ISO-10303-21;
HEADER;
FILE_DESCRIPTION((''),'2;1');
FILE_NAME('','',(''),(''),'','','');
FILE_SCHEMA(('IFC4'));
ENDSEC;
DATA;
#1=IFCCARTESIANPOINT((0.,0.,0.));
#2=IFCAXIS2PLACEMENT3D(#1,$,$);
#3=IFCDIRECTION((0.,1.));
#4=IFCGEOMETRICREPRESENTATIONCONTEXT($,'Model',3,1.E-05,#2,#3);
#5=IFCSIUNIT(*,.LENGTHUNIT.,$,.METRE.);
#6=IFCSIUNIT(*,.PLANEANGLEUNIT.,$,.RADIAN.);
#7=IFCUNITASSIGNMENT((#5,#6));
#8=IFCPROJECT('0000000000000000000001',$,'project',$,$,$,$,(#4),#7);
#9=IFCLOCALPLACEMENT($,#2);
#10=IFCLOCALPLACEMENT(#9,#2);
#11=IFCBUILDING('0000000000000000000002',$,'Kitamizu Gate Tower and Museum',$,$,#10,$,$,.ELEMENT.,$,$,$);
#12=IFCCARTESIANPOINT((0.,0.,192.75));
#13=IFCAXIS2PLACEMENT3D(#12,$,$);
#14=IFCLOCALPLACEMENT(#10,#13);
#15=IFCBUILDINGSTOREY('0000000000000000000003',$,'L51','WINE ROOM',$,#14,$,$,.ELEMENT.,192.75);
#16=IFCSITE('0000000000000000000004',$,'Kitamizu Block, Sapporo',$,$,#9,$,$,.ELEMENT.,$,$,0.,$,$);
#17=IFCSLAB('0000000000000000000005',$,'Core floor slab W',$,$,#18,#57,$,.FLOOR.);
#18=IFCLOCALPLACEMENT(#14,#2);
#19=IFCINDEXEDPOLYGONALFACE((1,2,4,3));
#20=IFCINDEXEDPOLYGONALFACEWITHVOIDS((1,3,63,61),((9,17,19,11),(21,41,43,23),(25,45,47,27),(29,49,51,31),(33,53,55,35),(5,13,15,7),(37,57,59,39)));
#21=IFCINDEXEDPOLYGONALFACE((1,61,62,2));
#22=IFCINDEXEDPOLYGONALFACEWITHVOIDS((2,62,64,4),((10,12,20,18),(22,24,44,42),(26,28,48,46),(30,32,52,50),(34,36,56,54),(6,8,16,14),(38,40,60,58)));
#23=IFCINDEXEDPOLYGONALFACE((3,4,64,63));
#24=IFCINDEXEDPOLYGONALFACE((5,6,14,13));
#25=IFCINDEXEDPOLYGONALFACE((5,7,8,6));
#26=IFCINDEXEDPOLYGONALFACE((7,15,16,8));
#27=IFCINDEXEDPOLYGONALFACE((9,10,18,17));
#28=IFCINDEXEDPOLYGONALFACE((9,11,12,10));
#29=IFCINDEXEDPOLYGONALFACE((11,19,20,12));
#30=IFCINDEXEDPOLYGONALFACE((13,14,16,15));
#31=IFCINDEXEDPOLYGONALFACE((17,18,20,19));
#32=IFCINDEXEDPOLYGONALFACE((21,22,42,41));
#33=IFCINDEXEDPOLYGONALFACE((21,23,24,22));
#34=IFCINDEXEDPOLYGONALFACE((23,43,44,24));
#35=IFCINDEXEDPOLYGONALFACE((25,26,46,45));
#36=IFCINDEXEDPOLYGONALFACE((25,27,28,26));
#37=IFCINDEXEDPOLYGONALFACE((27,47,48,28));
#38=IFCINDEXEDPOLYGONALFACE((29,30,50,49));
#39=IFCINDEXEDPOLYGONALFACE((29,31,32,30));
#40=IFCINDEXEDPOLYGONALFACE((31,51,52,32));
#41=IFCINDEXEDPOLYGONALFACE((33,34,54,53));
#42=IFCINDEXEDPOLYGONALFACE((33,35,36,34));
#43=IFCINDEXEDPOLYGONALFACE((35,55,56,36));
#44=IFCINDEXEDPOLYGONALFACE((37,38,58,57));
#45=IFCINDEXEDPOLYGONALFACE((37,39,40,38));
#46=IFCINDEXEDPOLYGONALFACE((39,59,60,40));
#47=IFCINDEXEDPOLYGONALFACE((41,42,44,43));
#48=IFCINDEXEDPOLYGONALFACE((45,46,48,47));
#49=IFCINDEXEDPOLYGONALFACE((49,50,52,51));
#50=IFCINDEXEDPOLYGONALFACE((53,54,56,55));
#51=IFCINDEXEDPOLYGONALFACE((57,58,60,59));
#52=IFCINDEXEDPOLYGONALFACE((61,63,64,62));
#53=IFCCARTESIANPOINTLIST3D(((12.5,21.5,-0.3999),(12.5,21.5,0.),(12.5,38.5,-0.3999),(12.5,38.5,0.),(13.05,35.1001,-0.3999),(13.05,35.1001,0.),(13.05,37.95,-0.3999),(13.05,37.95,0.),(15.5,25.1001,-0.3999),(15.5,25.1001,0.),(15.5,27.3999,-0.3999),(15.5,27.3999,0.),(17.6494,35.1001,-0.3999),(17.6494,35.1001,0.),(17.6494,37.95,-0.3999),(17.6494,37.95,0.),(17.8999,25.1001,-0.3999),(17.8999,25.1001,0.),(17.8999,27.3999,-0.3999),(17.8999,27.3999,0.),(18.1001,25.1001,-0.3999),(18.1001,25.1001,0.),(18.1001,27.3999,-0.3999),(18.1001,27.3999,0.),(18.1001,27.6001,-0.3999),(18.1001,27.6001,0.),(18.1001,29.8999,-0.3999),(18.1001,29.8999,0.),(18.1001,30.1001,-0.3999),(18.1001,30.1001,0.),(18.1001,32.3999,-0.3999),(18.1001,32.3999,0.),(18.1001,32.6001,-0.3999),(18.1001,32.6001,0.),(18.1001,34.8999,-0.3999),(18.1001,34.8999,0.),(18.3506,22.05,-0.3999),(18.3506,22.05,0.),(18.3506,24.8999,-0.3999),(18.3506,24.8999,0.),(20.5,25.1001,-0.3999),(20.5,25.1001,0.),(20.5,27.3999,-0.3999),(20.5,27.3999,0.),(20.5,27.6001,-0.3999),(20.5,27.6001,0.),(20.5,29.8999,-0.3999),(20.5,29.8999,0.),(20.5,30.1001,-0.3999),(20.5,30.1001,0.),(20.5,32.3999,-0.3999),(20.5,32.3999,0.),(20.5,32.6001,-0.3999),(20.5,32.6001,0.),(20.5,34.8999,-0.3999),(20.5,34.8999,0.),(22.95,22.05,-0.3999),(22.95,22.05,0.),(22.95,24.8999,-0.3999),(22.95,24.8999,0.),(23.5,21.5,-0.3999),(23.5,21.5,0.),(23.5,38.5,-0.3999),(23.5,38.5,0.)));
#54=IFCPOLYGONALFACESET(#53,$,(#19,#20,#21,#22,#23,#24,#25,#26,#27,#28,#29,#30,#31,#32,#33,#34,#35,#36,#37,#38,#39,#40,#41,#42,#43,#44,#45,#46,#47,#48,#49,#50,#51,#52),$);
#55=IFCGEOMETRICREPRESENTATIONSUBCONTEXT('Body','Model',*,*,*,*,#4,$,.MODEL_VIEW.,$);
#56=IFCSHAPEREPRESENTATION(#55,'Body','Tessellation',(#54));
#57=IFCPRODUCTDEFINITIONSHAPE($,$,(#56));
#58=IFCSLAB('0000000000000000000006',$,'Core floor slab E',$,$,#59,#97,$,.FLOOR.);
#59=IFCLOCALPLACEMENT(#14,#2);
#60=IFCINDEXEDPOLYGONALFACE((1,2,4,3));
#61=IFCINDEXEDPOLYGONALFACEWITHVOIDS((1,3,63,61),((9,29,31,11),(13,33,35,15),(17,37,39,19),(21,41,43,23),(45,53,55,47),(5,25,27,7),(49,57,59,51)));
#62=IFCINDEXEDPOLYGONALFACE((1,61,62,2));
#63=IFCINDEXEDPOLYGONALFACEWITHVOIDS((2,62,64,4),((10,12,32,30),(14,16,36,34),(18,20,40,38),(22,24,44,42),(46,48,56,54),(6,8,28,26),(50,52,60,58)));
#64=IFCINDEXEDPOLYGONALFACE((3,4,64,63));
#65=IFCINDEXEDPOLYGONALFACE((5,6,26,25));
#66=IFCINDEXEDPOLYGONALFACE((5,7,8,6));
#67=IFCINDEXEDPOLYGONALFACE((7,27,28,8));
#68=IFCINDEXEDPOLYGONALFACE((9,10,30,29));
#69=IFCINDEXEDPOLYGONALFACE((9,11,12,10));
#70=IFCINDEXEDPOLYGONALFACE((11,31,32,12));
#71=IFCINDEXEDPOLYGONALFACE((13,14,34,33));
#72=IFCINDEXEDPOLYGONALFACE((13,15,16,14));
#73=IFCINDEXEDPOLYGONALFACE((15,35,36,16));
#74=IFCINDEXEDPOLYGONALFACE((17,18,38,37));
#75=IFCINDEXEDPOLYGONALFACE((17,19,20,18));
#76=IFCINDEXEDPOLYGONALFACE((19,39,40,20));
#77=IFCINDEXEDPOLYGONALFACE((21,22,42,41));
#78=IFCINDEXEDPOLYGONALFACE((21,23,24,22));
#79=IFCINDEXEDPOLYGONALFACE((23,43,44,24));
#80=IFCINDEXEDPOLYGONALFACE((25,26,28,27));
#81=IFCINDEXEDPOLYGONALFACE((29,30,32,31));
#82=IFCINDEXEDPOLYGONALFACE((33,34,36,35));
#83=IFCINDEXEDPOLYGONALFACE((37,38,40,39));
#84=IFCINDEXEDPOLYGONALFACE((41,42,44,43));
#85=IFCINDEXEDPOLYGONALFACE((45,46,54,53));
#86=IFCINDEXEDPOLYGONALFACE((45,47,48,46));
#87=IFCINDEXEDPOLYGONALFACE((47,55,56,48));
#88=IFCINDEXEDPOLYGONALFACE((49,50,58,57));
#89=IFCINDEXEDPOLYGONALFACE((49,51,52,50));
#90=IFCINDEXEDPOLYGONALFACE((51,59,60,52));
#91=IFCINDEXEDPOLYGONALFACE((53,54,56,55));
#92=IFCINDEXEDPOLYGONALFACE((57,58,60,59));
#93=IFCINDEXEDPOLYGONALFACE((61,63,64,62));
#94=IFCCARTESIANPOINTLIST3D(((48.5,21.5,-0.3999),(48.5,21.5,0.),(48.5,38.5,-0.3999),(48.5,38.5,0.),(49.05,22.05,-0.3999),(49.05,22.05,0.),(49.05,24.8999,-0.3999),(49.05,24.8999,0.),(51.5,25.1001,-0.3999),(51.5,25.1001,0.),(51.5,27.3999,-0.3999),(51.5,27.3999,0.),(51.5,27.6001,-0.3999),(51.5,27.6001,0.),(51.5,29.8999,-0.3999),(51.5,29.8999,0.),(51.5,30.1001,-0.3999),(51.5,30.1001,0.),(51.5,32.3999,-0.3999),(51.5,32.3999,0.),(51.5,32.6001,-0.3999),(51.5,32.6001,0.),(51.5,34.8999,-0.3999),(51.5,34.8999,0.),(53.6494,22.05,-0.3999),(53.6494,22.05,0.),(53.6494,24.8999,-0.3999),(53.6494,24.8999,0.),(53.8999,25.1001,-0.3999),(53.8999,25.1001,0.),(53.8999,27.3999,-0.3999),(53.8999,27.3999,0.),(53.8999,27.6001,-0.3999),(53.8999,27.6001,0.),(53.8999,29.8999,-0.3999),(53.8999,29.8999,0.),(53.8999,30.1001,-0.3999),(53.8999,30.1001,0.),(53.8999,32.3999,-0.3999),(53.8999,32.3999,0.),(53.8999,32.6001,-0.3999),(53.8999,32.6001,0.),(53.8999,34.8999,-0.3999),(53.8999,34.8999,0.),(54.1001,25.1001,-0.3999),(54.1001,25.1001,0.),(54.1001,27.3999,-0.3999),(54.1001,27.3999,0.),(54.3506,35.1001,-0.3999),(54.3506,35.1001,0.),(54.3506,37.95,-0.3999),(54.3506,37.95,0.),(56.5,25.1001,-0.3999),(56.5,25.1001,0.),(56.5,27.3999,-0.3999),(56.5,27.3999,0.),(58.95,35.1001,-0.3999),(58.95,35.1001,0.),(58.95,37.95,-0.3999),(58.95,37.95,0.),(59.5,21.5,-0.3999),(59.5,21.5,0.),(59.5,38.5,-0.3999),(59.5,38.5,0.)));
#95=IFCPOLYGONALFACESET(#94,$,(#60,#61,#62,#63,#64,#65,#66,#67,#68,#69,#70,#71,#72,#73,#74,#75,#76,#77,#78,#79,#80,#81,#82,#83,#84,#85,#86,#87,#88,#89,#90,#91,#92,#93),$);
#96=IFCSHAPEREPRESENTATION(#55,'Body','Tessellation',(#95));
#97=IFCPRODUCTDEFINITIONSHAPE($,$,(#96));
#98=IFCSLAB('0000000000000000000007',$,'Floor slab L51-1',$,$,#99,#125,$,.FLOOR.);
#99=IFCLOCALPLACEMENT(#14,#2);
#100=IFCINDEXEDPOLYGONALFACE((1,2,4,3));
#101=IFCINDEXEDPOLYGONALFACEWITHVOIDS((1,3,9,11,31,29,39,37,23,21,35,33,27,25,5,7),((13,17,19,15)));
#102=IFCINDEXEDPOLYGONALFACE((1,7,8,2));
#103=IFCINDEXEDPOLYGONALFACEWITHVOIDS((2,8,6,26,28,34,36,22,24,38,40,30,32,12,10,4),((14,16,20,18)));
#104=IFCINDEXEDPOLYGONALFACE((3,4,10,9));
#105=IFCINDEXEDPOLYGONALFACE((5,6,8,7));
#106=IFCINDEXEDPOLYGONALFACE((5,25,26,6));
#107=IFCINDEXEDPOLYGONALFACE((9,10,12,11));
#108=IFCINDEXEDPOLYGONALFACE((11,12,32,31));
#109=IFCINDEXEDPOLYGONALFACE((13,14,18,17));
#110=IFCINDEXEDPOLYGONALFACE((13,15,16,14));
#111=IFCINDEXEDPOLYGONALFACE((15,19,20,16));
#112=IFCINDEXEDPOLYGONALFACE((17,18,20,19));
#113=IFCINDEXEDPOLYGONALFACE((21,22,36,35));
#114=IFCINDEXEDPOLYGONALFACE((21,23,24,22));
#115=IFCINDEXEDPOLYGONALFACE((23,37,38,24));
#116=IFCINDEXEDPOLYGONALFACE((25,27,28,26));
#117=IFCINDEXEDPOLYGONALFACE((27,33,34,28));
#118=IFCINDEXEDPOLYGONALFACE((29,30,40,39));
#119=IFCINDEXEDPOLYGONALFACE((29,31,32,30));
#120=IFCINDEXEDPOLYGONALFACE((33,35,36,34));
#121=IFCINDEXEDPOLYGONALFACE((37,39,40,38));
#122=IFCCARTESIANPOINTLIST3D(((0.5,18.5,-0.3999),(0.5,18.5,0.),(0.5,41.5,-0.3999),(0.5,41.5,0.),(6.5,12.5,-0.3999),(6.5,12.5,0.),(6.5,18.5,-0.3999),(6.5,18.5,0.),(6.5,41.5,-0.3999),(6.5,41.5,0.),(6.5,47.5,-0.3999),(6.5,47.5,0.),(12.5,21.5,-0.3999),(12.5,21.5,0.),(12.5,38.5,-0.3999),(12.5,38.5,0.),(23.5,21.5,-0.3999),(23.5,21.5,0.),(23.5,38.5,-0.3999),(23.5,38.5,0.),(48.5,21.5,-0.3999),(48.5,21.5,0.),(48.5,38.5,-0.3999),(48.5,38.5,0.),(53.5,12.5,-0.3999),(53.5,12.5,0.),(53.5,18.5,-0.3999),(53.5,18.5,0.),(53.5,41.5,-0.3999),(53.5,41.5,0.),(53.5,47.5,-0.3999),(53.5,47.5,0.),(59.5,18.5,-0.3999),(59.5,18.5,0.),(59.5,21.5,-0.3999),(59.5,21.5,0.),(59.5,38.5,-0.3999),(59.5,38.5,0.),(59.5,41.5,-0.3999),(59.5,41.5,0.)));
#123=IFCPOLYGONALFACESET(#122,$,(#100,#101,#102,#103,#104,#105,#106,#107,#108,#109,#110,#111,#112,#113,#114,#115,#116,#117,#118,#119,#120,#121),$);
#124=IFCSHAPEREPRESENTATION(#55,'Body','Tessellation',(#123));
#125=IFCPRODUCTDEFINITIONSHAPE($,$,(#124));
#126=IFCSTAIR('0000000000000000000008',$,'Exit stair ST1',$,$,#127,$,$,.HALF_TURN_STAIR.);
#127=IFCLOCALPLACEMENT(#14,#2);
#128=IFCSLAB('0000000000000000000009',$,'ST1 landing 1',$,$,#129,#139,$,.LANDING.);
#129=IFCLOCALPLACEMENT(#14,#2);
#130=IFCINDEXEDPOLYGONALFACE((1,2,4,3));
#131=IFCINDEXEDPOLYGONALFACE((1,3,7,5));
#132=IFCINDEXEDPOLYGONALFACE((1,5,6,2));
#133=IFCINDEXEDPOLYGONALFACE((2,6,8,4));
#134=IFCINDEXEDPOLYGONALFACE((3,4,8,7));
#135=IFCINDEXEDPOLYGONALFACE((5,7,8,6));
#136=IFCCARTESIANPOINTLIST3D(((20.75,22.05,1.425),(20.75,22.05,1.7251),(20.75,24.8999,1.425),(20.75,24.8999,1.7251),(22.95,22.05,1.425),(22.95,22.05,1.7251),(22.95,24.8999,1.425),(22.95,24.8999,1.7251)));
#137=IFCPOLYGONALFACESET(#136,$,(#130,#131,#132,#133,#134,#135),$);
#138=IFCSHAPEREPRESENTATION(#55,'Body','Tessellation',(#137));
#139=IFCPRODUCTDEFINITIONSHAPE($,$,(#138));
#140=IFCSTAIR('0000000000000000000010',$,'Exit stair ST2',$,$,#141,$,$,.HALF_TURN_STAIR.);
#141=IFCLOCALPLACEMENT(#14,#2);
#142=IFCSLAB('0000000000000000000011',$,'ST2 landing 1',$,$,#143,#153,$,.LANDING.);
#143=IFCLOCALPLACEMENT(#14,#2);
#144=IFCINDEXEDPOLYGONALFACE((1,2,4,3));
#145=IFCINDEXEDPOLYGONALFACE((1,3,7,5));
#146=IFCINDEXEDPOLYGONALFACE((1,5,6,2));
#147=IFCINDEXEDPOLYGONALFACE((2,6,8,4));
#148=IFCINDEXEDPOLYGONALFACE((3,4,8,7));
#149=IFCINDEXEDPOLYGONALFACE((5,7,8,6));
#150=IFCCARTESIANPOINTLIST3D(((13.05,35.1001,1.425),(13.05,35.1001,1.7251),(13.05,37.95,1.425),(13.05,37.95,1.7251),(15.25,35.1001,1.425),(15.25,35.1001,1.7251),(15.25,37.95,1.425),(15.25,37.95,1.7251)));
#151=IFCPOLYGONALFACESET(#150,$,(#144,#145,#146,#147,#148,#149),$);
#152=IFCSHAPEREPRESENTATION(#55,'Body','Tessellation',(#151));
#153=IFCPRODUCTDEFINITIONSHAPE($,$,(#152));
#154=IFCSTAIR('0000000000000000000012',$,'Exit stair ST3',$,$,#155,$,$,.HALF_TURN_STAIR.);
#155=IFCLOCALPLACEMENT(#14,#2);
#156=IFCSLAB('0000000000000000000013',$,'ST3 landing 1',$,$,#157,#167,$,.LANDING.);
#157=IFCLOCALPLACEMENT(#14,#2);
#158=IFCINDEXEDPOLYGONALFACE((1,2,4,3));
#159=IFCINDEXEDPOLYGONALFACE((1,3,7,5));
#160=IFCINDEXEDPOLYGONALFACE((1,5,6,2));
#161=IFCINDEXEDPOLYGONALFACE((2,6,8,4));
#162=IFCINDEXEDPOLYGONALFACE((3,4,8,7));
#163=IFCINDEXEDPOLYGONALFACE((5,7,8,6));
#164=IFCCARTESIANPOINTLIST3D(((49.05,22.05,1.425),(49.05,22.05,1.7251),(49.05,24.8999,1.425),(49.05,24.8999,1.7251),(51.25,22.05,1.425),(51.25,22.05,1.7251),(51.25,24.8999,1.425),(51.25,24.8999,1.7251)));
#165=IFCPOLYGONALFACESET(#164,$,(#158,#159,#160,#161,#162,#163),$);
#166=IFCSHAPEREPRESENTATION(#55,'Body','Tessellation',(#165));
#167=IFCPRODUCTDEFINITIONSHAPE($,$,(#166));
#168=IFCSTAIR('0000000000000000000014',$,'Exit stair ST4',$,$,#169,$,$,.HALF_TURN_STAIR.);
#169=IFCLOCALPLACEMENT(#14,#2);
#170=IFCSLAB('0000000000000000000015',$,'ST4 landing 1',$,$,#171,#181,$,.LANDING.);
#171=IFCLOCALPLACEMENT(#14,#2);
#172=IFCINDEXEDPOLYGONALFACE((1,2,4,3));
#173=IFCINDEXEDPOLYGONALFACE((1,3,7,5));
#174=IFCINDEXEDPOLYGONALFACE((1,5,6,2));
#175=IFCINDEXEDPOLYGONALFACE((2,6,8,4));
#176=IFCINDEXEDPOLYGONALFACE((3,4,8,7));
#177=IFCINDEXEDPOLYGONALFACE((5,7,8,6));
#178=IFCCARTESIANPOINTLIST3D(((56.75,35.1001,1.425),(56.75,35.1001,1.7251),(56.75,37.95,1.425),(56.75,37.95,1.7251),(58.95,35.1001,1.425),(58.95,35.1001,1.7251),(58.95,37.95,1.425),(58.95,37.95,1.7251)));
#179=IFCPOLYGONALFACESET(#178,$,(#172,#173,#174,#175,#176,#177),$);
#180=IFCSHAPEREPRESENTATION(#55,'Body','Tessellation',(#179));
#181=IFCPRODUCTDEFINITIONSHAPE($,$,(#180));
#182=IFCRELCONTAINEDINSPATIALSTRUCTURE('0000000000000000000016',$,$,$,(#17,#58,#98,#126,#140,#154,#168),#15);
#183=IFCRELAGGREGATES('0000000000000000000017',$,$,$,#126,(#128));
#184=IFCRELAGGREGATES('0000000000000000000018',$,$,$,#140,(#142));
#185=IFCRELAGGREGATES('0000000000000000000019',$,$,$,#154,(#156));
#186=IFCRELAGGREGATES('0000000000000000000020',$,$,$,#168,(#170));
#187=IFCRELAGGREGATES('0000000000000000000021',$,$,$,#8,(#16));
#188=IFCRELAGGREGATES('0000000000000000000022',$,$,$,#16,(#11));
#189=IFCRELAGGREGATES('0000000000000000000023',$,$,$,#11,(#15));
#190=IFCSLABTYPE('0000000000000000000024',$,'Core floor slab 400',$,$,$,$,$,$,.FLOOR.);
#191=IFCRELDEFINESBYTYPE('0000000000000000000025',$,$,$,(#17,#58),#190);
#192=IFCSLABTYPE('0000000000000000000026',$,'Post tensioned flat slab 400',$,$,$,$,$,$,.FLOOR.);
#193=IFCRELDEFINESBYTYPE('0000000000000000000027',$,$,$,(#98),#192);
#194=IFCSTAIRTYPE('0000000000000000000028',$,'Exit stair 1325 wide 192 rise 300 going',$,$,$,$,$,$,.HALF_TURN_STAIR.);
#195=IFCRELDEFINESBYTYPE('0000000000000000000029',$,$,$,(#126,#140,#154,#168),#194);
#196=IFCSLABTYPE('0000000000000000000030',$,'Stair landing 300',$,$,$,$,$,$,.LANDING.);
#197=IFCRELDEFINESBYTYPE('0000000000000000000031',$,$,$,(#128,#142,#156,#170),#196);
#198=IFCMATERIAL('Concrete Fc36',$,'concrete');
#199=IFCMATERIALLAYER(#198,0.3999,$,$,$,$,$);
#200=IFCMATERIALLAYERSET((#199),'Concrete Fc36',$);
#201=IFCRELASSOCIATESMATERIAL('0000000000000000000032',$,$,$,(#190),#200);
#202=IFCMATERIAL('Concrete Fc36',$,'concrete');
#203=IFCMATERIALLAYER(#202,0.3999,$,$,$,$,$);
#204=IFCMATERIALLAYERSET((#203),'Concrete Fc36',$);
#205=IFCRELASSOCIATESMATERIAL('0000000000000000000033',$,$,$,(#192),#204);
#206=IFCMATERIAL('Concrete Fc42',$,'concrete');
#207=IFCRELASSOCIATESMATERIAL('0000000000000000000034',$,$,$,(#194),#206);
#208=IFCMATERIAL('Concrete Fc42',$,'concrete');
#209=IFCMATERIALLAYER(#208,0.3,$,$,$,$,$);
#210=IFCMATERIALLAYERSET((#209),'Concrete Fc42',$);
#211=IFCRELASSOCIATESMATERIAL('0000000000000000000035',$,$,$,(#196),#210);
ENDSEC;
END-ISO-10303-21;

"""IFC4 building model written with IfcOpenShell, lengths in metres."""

from ifc_helpers import new_model, si_unit, direction, frame, origin, place, context, subcontext, project, spatial, polyline, outline, extrude, material, layer, layer_set, type_object, element, aggregate, save


model = new_model("IFC4")

# Units and contexts
model_context = context("Model", 3, precision=1e-05, world=origin(), true_north=direction((0.0, 1.0)))
body_context = subcontext(model_context, "Body", "Model", "MODEL_VIEW")
ifc_project = project(units=[si_unit("LENGTHUNIT", "METRE"), si_unit("PLANEANGLEUNIT", "RADIAN")], contexts=[model_context])

# Site, building, storey
site_placement = place(None, origin())
site = spatial("IfcSite", under=ifc_project, at=site_placement, Name="Kitamizu Block, Sapporo", CompositionType="ELEMENT", RefElevation=0.0)
building_placement = place(site_placement, origin())
building = spatial("IfcBuilding", under=site, at=building_placement, Name="Kitamizu Gate Tower and Museum", CompositionType="ELEMENT")
storey_placement = place(building_placement, frame((0.0, 0.0, 192.75)))
storey = spatial("IfcBuildingStorey", under=building, at=storey_placement, Name="L51", Description="WINE ROOM", CompositionType="ELEMENT", Elevation=192.75)

# Slabs
ifc_material_1 = material(Name="Concrete Fc36", Category="concrete")
ifc_layer_1 = layer(ifc_material_1, 0.3999)
ifc_layer_set_1 = layer_set([ifc_layer_1], Name="Concrete Fc36")
slab_type_1 = type_object("IfcSlabType", Name="Core floor slab 400", PredefinedType="FLOOR", material=ifc_layer_set_1)
slab_1_placement = place(storey_placement, frame((0.0, 0.0, -0.3999)))
element("IfcSlab", 1, at=slab_1_placement, inside=storey, type_object=slab_type_1, Name="Core floor slab W", PredefinedType="FLOOR", context=body_context, shape_type="SweptSolid", body=[
    extrude(outline(polyline([(12.5, 21.5), (23.5, 21.5), (23.5, 38.5), (12.5, 38.5), (12.5, 21.5)]), holes=[polyline([(15.5, 25.1001), (17.8999, 25.1001), (17.8999, 27.3999), (15.5, 27.3999), (15.5, 25.1001)]), polyline([(18.1001, 25.1001), (20.5, 25.1001), (20.5, 27.3999), (18.1001, 27.3999), (18.1001, 25.1001)]), polyline([(18.1001, 27.6001), (20.5, 27.6001), (20.5, 29.8999), (18.1001, 29.8999), (18.1001, 27.6001)]), polyline([(18.1001, 30.1001), (20.5, 30.1001), (20.5, 32.3999), (18.1001, 32.3999), (18.1001, 30.1001)]), polyline([(18.1001, 32.6001), (20.5, 32.6001), (20.5, 34.8999), (18.1001, 34.8999), (18.1001, 32.6001)]), polyline([(18.3506, 22.05), (22.95, 22.05), (22.95, 24.8999), (18.3506, 24.8999), (18.3506, 22.05)]), polyline([(13.05, 35.1001), (17.6494, 35.1001), (17.6494, 37.95), (13.05, 37.95), (13.05, 35.1001)])]), origin(), (0.0, 0.0, 1.0), 0.3999),
])
slab_2_placement = place(storey_placement, frame((0.0, 0.0, -0.3999)))
element("IfcSlab", 2, at=slab_2_placement, inside=storey, type_object=slab_type_1, Name="Core floor slab E", PredefinedType="FLOOR", context=body_context, shape_type="SweptSolid", body=[
    extrude(outline(polyline([(48.5, 21.5), (59.5, 21.5), (59.5, 38.5), (48.5, 38.5), (48.5, 21.5)]), holes=[polyline([(54.1001, 25.1001), (56.5, 25.1001), (56.5, 27.3999), (54.1001, 27.3999), (54.1001, 25.1001)]), polyline([(51.5, 25.1001), (53.8999, 25.1001), (53.8999, 27.3999), (51.5, 27.3999), (51.5, 25.1001)]), polyline([(51.5, 27.6001), (53.8999, 27.6001), (53.8999, 29.8999), (51.5, 29.8999), (51.5, 27.6001)]), polyline([(51.5, 30.1001), (53.8999, 30.1001), (53.8999, 32.3999), (51.5, 32.3999), (51.5, 30.1001)]), polyline([(51.5, 32.6001), (53.8999, 32.6001), (53.8999, 34.8999), (51.5, 34.8999), (51.5, 32.6001)]), polyline([(49.05, 22.05), (53.6494, 22.05), (53.6494, 24.8999), (49.05, 24.8999), (49.05, 22.05)]), polyline([(54.3506, 35.1001), (58.95, 35.1001), (58.95, 37.95), (54.3506, 37.95), (54.3506, 35.1001)])]), origin(), (0.0, 0.0, 1.0), 0.3999),
])
ifc_material_2 = material(Name="Concrete Fc36", Category="concrete")
ifc_layer_2 = layer(ifc_material_2, 0.3999)
ifc_layer_set_2 = layer_set([ifc_layer_2], Name="Concrete Fc36")
slab_type_2 = type_object("IfcSlabType", Name="Post tensioned flat slab 400", PredefinedType="FLOOR", material=ifc_layer_set_2)
slab_3_placement = place(storey_placement, frame((0.0, 0.0, -0.3999)))
element("IfcSlab", 3, at=slab_3_placement, inside=storey, type_object=slab_type_2, Name="Floor slab L51-1", PredefinedType="FLOOR", context=body_context, shape_type="SweptSolid", body=[
    extrude(outline(polyline([(0.5, 18.5), (0.5, 41.5), (6.5, 41.5), (6.5, 47.5), (53.5, 47.5), (53.5, 41.5), (59.5, 41.5), (59.5, 38.5), (48.5, 38.5), (48.5, 21.5), (59.5, 21.5), (59.5, 18.5), (53.5, 18.5), (53.5, 12.5), (6.5, 12.5), (6.5, 18.5), (0.5, 18.5)]), holes=[polyline([(12.5, 38.5), (12.5, 21.5), (23.5, 21.5), (23.5, 38.5), (12.5, 38.5)])]), origin(), (0.0, 0.0, 1.0), 0.3999),
])

# Stairs, slabs
ifc_material_3 = material(Name="Concrete Fc42", Category="concrete")
stair_type = type_object("IfcStairType", Name="Exit stair 1325 wide 192 rise 300 going", PredefinedType="HALF_TURN_STAIR", material=ifc_material_3)
stair_1_placement = place(storey_placement, origin())
stair_1 = element("IfcStair", 4, at=stair_1_placement, inside=storey, type_object=stair_type, Name="Exit stair ST1", PredefinedType="HALF_TURN_STAIR")
ifc_material_4 = material(Name="Concrete Fc42", Category="concrete")
ifc_layer_3 = layer(ifc_material_4, 0.3)
ifc_layer_set_3 = layer_set([ifc_layer_3], Name="Concrete Fc42")
slab_type_3 = type_object("IfcSlabType", Name="Stair landing 300", PredefinedType="LANDING", material=ifc_layer_set_3)
slab_4_placement = place(storey_placement, frame((0.0, 0.0, 1.425)))
slab_4 = element("IfcSlab", 5, at=slab_4_placement, type_object=slab_type_3, Name="ST1 landing 1", PredefinedType="LANDING", context=body_context, shape_type="SweptSolid", body=[
    extrude(outline(polyline([(20.75, 22.05), (22.95, 22.05), (22.95, 24.8999), (20.75, 24.8999), (20.75, 22.05)])), origin(), (0.0, 0.0, 1.0), 0.3),
])
aggregate(stair_1, [slab_4])
stair_2_placement = place(storey_placement, origin())
stair_2 = element("IfcStair", 6, at=stair_2_placement, inside=storey, type_object=stair_type, Name="Exit stair ST2", PredefinedType="HALF_TURN_STAIR")
slab_5_placement = place(storey_placement, frame((0.0, 0.0, 1.425)))
slab_5 = element("IfcSlab", 7, at=slab_5_placement, type_object=slab_type_3, Name="ST2 landing 1", PredefinedType="LANDING", context=body_context, shape_type="SweptSolid", body=[
    extrude(outline(polyline([(13.05, 35.1001), (15.25, 35.1001), (15.25, 37.95), (13.05, 37.95), (13.05, 35.1001)])), origin(), (0.0, 0.0, 1.0), 0.3),
])
aggregate(stair_2, [slab_5])
stair_3_placement = place(storey_placement, origin())
stair_3 = element("IfcStair", 8, at=stair_3_placement, inside=storey, type_object=stair_type, Name="Exit stair ST3", PredefinedType="HALF_TURN_STAIR")
slab_6_placement = place(storey_placement, frame((0.0, 0.0, 1.425)))
slab_6 = element("IfcSlab", 9, at=slab_6_placement, type_object=slab_type_3, Name="ST3 landing 1", PredefinedType="LANDING", context=body_context, shape_type="SweptSolid", body=[
    extrude(outline(polyline([(49.05, 22.05), (51.25, 22.05), (51.25, 24.8999), (49.05, 24.8999), (49.05, 22.05)])), origin(), (0.0, 0.0, 1.0), 0.3),
])
aggregate(stair_3, [slab_6])
stair_4_placement = place(storey_placement, origin())
stair_4 = element("IfcStair", 10, at=stair_4_placement, inside=storey, type_object=stair_type, Name="Exit stair ST4", PredefinedType="HALF_TURN_STAIR")
slab_7_placement = place(storey_placement, frame((0.0, 0.0, 1.425)))
slab_7 = element("IfcSlab", 11, at=slab_7_placement, type_object=slab_type_3, Name="ST4 landing 1", PredefinedType="LANDING", context=body_context, shape_type="SweptSolid", body=[
    extrude(outline(polyline([(56.75, 35.1001), (58.95, 35.1001), (58.95, 37.95), (56.75, 37.95), (56.75, 35.1001)])), origin(), (0.0, 0.0, 1.0), 0.3),
])
aggregate(stair_4, [slab_7])

save(model, "model.ifc")
